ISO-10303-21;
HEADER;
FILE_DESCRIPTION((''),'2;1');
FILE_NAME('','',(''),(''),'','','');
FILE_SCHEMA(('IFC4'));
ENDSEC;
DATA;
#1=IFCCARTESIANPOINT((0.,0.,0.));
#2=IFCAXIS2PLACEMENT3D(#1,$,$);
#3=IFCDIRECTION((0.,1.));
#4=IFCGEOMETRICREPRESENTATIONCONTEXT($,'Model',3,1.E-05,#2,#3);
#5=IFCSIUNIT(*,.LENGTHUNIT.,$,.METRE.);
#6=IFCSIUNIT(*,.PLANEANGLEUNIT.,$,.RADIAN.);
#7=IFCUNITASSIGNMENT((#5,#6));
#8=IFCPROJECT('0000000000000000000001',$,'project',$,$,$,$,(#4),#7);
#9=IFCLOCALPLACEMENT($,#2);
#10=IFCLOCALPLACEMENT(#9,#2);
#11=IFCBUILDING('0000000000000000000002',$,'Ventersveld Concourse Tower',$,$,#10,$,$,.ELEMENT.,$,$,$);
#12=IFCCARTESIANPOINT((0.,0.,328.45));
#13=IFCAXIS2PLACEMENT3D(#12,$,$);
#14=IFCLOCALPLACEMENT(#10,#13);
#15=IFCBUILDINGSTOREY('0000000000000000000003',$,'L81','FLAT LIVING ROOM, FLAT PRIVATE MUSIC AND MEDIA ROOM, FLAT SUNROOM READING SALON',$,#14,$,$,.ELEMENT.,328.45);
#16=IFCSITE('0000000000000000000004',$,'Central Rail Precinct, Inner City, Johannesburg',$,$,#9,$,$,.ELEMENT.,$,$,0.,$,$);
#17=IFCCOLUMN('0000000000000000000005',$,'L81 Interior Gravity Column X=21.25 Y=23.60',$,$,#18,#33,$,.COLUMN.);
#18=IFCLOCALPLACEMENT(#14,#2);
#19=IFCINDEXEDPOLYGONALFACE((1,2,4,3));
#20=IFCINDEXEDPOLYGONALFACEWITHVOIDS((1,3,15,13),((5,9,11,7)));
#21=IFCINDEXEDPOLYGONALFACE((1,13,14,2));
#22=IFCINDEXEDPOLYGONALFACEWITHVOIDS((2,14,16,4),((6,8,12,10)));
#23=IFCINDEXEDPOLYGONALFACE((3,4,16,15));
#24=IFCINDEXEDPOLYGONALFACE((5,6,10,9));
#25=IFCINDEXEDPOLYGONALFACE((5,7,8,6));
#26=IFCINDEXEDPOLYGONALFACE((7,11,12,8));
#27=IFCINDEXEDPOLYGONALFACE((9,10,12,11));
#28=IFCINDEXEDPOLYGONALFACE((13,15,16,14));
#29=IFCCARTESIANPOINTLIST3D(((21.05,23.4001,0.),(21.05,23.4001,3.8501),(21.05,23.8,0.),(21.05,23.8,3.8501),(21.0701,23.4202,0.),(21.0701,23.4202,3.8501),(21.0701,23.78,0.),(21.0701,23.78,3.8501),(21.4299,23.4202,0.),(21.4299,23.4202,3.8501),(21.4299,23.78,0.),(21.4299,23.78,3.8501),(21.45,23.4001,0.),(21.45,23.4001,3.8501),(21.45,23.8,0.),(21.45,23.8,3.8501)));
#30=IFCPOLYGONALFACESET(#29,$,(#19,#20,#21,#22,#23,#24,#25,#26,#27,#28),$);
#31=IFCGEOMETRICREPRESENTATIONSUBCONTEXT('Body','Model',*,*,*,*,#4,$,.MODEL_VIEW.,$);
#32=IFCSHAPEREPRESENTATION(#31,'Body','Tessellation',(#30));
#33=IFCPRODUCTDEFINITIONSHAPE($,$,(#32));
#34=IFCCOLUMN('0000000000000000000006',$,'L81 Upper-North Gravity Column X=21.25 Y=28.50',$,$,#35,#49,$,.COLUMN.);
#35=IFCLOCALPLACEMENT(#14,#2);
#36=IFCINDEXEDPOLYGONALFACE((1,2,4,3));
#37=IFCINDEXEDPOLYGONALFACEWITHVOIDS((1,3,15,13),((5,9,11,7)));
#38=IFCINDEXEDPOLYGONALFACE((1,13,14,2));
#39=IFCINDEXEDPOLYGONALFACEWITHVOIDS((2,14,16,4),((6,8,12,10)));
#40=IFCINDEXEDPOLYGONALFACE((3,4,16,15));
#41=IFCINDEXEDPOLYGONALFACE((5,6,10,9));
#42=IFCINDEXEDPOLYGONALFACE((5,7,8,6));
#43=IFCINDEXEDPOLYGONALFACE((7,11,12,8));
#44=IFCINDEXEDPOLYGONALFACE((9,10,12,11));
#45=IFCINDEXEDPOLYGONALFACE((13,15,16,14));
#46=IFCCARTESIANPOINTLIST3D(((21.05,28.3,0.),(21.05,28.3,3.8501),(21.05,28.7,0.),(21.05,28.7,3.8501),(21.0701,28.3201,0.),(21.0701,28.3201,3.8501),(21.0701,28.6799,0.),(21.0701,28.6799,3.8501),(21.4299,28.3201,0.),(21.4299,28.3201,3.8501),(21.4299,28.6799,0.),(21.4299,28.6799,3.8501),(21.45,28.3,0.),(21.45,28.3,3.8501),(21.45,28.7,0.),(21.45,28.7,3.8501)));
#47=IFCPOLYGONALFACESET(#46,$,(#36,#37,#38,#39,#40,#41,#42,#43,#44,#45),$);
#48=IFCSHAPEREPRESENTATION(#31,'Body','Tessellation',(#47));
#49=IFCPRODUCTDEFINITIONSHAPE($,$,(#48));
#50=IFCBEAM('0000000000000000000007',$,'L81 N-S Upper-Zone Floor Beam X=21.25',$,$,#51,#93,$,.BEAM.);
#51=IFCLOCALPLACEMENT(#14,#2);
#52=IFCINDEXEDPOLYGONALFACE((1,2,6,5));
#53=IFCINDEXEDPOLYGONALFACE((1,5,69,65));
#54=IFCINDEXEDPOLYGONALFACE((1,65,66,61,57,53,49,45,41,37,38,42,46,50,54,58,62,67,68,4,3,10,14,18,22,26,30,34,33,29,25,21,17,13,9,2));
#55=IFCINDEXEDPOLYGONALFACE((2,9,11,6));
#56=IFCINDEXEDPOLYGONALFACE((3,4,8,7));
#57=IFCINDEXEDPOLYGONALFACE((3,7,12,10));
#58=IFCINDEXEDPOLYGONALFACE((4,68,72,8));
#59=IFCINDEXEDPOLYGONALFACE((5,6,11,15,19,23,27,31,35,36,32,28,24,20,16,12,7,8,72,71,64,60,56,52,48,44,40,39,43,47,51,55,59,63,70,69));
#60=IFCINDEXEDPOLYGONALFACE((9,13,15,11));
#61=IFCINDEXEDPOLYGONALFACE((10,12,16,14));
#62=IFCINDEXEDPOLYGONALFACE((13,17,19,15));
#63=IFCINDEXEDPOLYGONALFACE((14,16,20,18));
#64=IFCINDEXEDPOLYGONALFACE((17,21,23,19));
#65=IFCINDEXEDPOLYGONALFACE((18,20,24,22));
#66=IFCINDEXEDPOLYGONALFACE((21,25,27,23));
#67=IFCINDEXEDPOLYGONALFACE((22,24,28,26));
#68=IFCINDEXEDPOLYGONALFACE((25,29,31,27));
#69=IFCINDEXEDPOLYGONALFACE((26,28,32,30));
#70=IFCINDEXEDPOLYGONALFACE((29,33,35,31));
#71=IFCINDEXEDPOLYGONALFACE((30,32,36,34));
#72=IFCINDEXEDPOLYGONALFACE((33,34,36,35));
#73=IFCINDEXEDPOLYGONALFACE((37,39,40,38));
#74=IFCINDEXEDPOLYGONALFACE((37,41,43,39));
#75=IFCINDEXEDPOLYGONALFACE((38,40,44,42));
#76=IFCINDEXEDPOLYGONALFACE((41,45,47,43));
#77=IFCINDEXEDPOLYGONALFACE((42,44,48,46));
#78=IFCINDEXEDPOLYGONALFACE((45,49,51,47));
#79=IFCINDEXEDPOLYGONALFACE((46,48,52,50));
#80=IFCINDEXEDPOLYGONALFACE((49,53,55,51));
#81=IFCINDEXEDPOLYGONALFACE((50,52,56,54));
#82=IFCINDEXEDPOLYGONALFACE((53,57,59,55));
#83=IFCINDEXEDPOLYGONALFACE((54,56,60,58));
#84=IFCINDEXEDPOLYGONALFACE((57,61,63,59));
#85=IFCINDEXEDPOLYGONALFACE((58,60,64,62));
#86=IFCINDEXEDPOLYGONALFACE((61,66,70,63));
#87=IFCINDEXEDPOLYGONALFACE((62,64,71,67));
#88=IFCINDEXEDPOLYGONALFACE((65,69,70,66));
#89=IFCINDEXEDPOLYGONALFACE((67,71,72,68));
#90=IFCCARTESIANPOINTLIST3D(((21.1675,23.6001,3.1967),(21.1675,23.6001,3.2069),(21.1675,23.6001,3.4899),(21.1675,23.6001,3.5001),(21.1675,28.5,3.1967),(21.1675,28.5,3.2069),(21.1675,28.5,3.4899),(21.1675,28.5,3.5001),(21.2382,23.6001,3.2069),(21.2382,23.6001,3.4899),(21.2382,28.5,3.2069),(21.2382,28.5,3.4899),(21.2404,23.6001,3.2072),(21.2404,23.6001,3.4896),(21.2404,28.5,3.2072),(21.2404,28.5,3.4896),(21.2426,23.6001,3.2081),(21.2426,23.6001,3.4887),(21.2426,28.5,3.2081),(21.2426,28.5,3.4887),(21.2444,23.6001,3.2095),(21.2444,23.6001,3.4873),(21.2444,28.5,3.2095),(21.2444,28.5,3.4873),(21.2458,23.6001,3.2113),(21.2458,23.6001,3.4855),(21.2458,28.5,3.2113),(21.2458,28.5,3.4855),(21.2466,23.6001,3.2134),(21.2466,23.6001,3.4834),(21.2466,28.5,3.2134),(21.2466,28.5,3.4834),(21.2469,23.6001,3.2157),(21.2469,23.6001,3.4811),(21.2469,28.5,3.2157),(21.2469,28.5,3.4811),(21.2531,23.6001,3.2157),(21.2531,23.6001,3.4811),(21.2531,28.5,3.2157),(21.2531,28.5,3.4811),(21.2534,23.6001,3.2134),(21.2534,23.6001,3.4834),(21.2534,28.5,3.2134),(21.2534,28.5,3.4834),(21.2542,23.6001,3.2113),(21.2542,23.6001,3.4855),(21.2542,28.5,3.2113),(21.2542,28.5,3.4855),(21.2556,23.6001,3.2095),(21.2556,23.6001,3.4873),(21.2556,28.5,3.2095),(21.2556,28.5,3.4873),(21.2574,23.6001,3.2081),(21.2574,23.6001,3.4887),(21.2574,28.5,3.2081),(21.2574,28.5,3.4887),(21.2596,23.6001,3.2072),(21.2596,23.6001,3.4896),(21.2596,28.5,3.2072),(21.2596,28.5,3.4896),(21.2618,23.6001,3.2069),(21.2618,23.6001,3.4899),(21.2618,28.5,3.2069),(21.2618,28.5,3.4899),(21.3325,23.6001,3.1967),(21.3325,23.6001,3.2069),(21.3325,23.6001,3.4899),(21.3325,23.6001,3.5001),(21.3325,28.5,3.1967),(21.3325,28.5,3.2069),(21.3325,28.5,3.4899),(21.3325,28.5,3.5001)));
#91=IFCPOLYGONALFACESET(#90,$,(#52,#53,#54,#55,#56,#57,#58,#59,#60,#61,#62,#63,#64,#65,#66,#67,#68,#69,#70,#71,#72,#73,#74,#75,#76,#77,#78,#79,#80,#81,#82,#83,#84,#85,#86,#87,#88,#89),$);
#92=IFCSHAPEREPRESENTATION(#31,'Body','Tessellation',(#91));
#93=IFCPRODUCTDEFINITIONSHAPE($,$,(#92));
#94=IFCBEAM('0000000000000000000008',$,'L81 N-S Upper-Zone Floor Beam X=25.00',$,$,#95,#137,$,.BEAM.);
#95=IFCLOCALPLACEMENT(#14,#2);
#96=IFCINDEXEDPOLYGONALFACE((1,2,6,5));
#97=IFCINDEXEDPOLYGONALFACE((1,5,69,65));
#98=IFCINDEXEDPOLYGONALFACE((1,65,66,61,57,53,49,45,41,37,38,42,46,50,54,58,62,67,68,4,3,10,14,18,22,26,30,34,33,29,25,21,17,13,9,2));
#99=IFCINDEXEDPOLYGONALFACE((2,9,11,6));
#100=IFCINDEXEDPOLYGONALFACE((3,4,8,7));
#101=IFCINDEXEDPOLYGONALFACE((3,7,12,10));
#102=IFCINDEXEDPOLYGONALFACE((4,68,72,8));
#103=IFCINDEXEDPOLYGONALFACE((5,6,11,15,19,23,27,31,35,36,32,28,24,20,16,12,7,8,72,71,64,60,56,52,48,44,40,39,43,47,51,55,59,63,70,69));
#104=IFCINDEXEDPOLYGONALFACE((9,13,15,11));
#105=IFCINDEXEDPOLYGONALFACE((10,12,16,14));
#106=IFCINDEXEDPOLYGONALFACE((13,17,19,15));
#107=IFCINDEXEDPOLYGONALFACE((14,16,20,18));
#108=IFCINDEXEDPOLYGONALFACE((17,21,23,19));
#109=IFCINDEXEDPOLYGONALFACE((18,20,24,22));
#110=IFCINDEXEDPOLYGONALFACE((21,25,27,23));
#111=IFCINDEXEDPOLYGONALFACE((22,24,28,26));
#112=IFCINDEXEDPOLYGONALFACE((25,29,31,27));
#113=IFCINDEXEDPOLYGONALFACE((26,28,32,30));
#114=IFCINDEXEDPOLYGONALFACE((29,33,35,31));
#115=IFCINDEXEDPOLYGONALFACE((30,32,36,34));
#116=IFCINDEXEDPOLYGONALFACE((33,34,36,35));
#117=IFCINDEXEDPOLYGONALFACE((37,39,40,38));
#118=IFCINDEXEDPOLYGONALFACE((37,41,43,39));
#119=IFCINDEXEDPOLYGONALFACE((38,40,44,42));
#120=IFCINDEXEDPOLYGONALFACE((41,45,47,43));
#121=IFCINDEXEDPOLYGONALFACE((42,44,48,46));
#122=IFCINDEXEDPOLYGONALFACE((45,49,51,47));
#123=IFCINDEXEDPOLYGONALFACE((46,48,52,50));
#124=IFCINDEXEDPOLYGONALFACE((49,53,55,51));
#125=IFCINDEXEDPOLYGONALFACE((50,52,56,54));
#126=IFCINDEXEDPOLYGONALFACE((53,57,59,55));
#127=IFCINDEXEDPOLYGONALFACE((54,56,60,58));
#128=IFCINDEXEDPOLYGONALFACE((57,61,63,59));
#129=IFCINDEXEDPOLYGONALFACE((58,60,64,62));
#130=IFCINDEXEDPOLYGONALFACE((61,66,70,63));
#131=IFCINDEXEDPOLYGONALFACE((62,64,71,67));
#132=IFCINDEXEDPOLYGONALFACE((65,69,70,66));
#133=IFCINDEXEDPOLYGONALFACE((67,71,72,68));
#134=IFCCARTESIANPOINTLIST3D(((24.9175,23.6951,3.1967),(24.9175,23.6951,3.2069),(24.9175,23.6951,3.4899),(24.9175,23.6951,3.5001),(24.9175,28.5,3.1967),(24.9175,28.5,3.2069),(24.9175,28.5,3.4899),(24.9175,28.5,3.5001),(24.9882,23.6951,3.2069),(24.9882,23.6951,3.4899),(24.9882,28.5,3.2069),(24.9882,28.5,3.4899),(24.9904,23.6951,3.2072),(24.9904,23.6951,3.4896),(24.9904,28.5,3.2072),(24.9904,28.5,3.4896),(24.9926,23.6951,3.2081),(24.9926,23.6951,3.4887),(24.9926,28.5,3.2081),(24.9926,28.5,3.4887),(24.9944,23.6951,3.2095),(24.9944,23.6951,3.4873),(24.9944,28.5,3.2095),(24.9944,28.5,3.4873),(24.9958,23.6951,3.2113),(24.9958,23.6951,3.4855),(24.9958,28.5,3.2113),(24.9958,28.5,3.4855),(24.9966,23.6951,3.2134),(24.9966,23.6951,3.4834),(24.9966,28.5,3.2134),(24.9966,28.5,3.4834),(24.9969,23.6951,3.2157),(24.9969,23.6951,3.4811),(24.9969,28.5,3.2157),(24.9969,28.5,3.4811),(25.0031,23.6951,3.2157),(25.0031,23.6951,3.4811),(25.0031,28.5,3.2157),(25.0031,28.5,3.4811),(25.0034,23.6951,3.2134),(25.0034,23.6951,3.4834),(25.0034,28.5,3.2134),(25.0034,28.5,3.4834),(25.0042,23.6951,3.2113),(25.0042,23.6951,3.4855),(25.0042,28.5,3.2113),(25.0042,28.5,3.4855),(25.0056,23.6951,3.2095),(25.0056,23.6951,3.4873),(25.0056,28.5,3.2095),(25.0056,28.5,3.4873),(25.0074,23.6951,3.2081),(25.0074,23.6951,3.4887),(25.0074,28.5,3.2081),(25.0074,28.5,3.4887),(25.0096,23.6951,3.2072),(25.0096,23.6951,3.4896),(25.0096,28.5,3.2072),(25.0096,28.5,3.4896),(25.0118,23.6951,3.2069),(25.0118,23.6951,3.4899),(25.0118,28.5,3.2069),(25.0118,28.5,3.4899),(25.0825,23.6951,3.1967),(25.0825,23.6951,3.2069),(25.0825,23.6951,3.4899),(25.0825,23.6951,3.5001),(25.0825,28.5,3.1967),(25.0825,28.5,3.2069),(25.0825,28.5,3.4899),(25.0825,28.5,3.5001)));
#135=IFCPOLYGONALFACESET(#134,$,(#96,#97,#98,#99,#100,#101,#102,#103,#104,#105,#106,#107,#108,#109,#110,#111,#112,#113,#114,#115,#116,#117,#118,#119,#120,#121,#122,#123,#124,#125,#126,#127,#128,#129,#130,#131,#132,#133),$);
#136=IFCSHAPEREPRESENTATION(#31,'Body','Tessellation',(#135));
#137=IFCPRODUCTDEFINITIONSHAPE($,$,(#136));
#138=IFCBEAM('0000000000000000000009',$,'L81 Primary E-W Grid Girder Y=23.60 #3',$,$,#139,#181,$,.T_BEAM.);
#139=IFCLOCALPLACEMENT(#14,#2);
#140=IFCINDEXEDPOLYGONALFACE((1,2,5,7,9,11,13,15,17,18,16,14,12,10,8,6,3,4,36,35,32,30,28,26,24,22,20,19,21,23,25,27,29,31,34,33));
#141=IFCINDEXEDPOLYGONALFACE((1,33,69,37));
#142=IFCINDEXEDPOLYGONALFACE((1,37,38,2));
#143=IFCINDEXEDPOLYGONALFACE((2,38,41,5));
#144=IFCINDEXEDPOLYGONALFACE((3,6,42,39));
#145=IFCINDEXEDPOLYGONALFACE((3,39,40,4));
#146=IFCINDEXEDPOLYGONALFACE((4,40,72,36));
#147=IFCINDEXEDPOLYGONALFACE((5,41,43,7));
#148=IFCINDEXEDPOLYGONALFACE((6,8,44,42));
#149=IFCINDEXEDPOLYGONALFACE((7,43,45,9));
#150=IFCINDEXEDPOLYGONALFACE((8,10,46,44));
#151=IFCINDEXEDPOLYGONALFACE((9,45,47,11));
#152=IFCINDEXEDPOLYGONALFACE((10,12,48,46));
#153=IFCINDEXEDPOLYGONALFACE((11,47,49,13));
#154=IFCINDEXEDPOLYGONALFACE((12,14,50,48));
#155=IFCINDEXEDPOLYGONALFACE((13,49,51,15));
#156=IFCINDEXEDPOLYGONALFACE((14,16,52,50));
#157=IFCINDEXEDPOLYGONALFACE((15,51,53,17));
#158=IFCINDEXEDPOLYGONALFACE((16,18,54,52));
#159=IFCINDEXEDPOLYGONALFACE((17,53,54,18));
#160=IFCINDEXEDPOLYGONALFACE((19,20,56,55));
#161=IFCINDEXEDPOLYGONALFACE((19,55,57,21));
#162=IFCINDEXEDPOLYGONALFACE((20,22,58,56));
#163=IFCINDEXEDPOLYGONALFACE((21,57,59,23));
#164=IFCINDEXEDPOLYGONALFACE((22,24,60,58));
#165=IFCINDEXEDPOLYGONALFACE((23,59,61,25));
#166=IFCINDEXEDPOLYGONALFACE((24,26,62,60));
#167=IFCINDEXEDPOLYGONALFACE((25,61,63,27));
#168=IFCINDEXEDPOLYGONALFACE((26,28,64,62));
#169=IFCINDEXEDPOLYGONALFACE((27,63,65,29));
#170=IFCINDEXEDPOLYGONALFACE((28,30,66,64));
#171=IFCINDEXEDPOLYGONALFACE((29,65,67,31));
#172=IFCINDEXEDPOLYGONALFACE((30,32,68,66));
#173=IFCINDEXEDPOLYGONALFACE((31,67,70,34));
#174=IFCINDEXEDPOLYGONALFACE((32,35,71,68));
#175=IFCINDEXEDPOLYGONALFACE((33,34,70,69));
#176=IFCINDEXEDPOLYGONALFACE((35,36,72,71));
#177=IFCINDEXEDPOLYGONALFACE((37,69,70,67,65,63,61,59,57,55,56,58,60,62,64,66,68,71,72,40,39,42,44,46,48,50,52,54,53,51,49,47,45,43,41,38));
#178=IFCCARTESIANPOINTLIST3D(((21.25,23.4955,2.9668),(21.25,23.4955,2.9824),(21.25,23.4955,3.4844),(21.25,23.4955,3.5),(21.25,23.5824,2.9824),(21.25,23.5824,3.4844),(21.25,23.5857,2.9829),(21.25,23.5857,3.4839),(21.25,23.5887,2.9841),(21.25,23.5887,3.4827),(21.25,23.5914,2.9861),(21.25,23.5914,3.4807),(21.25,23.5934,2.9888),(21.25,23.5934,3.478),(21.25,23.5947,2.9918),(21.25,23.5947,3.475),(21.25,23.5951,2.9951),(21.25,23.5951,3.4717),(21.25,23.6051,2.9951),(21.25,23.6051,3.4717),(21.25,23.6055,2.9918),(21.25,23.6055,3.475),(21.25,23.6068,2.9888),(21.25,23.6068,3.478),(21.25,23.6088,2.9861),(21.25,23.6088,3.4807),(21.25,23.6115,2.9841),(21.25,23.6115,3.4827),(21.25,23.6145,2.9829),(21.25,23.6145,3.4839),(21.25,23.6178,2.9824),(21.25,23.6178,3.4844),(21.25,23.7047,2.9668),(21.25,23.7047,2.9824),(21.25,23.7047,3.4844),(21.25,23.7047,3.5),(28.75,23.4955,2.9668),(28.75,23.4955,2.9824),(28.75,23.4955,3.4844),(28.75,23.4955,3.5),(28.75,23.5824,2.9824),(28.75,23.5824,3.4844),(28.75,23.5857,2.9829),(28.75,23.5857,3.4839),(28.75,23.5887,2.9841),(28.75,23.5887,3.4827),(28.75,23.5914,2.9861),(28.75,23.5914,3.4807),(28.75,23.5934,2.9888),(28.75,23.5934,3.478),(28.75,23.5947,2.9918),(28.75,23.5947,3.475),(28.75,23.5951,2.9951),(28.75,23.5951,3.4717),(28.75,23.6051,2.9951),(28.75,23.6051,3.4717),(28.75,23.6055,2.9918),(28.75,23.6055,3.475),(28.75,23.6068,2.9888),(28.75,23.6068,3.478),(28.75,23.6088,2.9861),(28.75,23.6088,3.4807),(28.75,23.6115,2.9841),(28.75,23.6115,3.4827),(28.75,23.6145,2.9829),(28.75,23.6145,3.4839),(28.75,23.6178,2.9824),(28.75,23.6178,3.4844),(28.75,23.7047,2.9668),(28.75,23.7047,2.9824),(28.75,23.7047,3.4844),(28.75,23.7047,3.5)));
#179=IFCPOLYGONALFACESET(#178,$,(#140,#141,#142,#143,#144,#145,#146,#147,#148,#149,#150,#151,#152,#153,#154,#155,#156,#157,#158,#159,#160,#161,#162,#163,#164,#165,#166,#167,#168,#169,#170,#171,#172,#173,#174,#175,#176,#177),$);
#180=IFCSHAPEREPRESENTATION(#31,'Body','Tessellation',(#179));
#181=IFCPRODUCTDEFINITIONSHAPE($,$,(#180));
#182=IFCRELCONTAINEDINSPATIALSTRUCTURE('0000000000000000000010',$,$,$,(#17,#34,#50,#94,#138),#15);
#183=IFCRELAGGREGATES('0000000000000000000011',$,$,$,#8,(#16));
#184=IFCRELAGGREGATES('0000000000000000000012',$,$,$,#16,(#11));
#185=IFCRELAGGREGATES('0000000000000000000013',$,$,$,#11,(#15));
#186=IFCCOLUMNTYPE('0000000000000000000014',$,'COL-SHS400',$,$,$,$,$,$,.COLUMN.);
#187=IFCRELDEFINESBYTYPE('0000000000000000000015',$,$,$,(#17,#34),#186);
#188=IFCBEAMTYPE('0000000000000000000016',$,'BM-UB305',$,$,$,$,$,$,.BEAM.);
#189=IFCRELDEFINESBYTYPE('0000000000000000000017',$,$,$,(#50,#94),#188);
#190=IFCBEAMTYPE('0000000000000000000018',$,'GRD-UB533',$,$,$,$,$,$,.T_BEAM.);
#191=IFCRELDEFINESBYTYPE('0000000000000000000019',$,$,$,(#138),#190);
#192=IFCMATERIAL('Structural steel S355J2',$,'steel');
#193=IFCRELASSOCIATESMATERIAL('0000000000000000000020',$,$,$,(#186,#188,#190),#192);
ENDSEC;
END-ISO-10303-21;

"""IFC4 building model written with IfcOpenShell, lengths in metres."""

from ifc_helpers import new_model, si_unit, direction, frame, origin, origin_2d, place, context, subcontext, project, spatial, hollow_rectangle, i_section, extrude, material, material_profile, profile_set, type_object, element, save


model = new_model("IFC4")

# Units and contexts
model_context = context("Model", 3, precision=1e-05, world=origin(), true_north=direction((0.0, 1.0)))
body_context = subcontext(model_context, "Body", "Model", "MODEL_VIEW")
ifc_project = project(units=[si_unit("LENGTHUNIT", "METRE"), si_unit("PLANEANGLEUNIT", "RADIAN")], contexts=[model_context])

# Site, building, storey
site_placement = place(None, origin())
site = spatial("IfcSite", under=ifc_project, at=site_placement, Name="Central Rail Precinct, Inner City, Johannesburg", CompositionType="ELEMENT", RefElevation=0.0)
building_placement = place(site_placement, origin())
building = spatial("IfcBuilding", under=site, at=building_placement, Name="Ventersveld Concourse Tower", CompositionType="ELEMENT")
storey_placement = place(building_placement, frame((0.0, 0.0, 328.45)))
storey = spatial("IfcBuildingStorey", under=building, at=storey_placement, Name="L81", Description="FLAT LIVING ROOM, FLAT PRIVATE MUSIC AND MEDIA ROOM, FLAT SUNROOM READING SALON", CompositionType="ELEMENT", Elevation=328.45)

# Columns
ifc_material_1 = material(Name="Structural steel S355J2", Category="steel")
ifc_material_profile_1 = material_profile(ifc_material_1, hollow_rectangle(XDim=0.3999, YDim=0.3999, WallThickness=0.02, at=origin_2d()), Name="SHS 400x400x20")
ifc_profile_set_1 = profile_set([ifc_material_profile_1], Name="Structural steel S355J2")
column_type = type_object("IfcColumnType", Name="COL-SHS400", PredefinedType="COLUMN", material=ifc_profile_set_1)
for number, where, z_axis, x_axis, name in (
    (1, (21.25, 23.6001, 0.0), (0.0, 0.0, 1.0), (1.0, 0.0, 0.0), "L81 Interior Gravity Column X=21.25 Y=23.60"),
    (2, (21.25, 28.5, 0.0), (0.0, 0.0, 1.0), (1.0, 0.0, 0.0), "L81 Upper-North Gravity Column X=21.25 Y=28.50"),
):
    element("IfcColumn", number, at=place(storey_placement, frame(where, z_axis=z_axis, x_axis=x_axis)), inside=storey, type_object=column_type, Name=name, PredefinedType="COLUMN", context=body_context, shape_type="SweptSolid", body=[
        extrude(hollow_rectangle(XDim=0.3999, YDim=0.3999, WallThickness=0.02, at=origin_2d()), origin(), (0.0, 0.0, 1.0), 3.8501),
    ])

# Beams
ifc_material_profile_2 = material_profile(ifc_material_1, i_section(OverallWidth=0.165, OverallDepth=0.3035, WebThickness=0.0061, FlangeThickness=0.0103, FilletRadius=0.0088, at=origin_2d()), Name="UB 305x165x40")
ifc_profile_set_2 = profile_set([ifc_material_profile_2], Name="Structural steel S355J2")
beam_type_1 = type_object("IfcBeamType", Name="BM-UB305", PredefinedType="BEAM", material=ifc_profile_set_2)
beam_1_placement = place(storey_placement, frame((21.25, 23.6001, 3.3484), z_axis=(0.0, 1.0, 0.0), x_axis=(-1.0, 0.0, 0.0)))
element("IfcBeam", 3, at=beam_1_placement, inside=storey, type_object=beam_type_1, Name="L81 N-S Upper-Zone Floor Beam X=21.25", PredefinedType="BEAM", context=body_context, shape_type="SweptSolid", body=[
    extrude(i_section(OverallWidth=0.165, OverallDepth=0.3035, WebThickness=0.0061, FlangeThickness=0.0103, FilletRadius=0.0088, at=origin_2d()), origin(), (0.0, 0.0, 1.0), 4.8999),
])
beam_2_placement = place(storey_placement, frame((25.0, 23.6951, 3.3484), z_axis=(0.0, 1.0, 0.0), x_axis=(-1.0, 0.0, 0.0)))
element("IfcBeam", 4, at=beam_2_placement, inside=storey, type_object=beam_type_1, Name="L81 N-S Upper-Zone Floor Beam X=25.00", PredefinedType="BEAM", context=body_context, shape_type="SweptSolid", body=[
    extrude(i_section(OverallWidth=0.165, OverallDepth=0.3035, WebThickness=0.0061, FlangeThickness=0.0103, FilletRadius=0.0088, at=origin_2d()), origin(), (0.0, 0.0, 1.0), 4.8049),
])
ifc_material_profile_3 = material_profile(ifc_material_1, i_section(OverallWidth=0.2092, OverallDepth=0.5332, WebThickness=0.01, FlangeThickness=0.0156, FilletRadius=0.0127, at=origin_2d()), Name="UB 533x210x92")
ifc_profile_set_3 = profile_set([ifc_material_profile_3], Name="Structural steel S355J2")
beam_type_2 = type_object("IfcBeamType", Name="GRD-UB533", PredefinedType="T_BEAM", material=ifc_profile_set_3)
for number, where, z_axis, x_axis, name in (
    (5, (21.25, 23.6001, 3.2334), (1.0, 0.0, 0.0), (0.0, 1.0, 0.0), "L81 Primary E-W Grid Girder Y=23.60 #3"),
):
    element("IfcBeam", number, at=place(storey_placement, frame(where, z_axis=z_axis, x_axis=x_axis)), inside=storey, type_object=beam_type_2, Name=name, PredefinedType="T_BEAM", context=body_context, shape_type="SweptSolid", body=[
        extrude(i_section(OverallWidth=0.2092, OverallDepth=0.5332, WebThickness=0.01, FlangeThickness=0.0156, FilletRadius=0.0127, at=origin_2d()), origin(), (0.0, 0.0, 1.0), 7.5),
    ])

save(model, "model.ifc")
